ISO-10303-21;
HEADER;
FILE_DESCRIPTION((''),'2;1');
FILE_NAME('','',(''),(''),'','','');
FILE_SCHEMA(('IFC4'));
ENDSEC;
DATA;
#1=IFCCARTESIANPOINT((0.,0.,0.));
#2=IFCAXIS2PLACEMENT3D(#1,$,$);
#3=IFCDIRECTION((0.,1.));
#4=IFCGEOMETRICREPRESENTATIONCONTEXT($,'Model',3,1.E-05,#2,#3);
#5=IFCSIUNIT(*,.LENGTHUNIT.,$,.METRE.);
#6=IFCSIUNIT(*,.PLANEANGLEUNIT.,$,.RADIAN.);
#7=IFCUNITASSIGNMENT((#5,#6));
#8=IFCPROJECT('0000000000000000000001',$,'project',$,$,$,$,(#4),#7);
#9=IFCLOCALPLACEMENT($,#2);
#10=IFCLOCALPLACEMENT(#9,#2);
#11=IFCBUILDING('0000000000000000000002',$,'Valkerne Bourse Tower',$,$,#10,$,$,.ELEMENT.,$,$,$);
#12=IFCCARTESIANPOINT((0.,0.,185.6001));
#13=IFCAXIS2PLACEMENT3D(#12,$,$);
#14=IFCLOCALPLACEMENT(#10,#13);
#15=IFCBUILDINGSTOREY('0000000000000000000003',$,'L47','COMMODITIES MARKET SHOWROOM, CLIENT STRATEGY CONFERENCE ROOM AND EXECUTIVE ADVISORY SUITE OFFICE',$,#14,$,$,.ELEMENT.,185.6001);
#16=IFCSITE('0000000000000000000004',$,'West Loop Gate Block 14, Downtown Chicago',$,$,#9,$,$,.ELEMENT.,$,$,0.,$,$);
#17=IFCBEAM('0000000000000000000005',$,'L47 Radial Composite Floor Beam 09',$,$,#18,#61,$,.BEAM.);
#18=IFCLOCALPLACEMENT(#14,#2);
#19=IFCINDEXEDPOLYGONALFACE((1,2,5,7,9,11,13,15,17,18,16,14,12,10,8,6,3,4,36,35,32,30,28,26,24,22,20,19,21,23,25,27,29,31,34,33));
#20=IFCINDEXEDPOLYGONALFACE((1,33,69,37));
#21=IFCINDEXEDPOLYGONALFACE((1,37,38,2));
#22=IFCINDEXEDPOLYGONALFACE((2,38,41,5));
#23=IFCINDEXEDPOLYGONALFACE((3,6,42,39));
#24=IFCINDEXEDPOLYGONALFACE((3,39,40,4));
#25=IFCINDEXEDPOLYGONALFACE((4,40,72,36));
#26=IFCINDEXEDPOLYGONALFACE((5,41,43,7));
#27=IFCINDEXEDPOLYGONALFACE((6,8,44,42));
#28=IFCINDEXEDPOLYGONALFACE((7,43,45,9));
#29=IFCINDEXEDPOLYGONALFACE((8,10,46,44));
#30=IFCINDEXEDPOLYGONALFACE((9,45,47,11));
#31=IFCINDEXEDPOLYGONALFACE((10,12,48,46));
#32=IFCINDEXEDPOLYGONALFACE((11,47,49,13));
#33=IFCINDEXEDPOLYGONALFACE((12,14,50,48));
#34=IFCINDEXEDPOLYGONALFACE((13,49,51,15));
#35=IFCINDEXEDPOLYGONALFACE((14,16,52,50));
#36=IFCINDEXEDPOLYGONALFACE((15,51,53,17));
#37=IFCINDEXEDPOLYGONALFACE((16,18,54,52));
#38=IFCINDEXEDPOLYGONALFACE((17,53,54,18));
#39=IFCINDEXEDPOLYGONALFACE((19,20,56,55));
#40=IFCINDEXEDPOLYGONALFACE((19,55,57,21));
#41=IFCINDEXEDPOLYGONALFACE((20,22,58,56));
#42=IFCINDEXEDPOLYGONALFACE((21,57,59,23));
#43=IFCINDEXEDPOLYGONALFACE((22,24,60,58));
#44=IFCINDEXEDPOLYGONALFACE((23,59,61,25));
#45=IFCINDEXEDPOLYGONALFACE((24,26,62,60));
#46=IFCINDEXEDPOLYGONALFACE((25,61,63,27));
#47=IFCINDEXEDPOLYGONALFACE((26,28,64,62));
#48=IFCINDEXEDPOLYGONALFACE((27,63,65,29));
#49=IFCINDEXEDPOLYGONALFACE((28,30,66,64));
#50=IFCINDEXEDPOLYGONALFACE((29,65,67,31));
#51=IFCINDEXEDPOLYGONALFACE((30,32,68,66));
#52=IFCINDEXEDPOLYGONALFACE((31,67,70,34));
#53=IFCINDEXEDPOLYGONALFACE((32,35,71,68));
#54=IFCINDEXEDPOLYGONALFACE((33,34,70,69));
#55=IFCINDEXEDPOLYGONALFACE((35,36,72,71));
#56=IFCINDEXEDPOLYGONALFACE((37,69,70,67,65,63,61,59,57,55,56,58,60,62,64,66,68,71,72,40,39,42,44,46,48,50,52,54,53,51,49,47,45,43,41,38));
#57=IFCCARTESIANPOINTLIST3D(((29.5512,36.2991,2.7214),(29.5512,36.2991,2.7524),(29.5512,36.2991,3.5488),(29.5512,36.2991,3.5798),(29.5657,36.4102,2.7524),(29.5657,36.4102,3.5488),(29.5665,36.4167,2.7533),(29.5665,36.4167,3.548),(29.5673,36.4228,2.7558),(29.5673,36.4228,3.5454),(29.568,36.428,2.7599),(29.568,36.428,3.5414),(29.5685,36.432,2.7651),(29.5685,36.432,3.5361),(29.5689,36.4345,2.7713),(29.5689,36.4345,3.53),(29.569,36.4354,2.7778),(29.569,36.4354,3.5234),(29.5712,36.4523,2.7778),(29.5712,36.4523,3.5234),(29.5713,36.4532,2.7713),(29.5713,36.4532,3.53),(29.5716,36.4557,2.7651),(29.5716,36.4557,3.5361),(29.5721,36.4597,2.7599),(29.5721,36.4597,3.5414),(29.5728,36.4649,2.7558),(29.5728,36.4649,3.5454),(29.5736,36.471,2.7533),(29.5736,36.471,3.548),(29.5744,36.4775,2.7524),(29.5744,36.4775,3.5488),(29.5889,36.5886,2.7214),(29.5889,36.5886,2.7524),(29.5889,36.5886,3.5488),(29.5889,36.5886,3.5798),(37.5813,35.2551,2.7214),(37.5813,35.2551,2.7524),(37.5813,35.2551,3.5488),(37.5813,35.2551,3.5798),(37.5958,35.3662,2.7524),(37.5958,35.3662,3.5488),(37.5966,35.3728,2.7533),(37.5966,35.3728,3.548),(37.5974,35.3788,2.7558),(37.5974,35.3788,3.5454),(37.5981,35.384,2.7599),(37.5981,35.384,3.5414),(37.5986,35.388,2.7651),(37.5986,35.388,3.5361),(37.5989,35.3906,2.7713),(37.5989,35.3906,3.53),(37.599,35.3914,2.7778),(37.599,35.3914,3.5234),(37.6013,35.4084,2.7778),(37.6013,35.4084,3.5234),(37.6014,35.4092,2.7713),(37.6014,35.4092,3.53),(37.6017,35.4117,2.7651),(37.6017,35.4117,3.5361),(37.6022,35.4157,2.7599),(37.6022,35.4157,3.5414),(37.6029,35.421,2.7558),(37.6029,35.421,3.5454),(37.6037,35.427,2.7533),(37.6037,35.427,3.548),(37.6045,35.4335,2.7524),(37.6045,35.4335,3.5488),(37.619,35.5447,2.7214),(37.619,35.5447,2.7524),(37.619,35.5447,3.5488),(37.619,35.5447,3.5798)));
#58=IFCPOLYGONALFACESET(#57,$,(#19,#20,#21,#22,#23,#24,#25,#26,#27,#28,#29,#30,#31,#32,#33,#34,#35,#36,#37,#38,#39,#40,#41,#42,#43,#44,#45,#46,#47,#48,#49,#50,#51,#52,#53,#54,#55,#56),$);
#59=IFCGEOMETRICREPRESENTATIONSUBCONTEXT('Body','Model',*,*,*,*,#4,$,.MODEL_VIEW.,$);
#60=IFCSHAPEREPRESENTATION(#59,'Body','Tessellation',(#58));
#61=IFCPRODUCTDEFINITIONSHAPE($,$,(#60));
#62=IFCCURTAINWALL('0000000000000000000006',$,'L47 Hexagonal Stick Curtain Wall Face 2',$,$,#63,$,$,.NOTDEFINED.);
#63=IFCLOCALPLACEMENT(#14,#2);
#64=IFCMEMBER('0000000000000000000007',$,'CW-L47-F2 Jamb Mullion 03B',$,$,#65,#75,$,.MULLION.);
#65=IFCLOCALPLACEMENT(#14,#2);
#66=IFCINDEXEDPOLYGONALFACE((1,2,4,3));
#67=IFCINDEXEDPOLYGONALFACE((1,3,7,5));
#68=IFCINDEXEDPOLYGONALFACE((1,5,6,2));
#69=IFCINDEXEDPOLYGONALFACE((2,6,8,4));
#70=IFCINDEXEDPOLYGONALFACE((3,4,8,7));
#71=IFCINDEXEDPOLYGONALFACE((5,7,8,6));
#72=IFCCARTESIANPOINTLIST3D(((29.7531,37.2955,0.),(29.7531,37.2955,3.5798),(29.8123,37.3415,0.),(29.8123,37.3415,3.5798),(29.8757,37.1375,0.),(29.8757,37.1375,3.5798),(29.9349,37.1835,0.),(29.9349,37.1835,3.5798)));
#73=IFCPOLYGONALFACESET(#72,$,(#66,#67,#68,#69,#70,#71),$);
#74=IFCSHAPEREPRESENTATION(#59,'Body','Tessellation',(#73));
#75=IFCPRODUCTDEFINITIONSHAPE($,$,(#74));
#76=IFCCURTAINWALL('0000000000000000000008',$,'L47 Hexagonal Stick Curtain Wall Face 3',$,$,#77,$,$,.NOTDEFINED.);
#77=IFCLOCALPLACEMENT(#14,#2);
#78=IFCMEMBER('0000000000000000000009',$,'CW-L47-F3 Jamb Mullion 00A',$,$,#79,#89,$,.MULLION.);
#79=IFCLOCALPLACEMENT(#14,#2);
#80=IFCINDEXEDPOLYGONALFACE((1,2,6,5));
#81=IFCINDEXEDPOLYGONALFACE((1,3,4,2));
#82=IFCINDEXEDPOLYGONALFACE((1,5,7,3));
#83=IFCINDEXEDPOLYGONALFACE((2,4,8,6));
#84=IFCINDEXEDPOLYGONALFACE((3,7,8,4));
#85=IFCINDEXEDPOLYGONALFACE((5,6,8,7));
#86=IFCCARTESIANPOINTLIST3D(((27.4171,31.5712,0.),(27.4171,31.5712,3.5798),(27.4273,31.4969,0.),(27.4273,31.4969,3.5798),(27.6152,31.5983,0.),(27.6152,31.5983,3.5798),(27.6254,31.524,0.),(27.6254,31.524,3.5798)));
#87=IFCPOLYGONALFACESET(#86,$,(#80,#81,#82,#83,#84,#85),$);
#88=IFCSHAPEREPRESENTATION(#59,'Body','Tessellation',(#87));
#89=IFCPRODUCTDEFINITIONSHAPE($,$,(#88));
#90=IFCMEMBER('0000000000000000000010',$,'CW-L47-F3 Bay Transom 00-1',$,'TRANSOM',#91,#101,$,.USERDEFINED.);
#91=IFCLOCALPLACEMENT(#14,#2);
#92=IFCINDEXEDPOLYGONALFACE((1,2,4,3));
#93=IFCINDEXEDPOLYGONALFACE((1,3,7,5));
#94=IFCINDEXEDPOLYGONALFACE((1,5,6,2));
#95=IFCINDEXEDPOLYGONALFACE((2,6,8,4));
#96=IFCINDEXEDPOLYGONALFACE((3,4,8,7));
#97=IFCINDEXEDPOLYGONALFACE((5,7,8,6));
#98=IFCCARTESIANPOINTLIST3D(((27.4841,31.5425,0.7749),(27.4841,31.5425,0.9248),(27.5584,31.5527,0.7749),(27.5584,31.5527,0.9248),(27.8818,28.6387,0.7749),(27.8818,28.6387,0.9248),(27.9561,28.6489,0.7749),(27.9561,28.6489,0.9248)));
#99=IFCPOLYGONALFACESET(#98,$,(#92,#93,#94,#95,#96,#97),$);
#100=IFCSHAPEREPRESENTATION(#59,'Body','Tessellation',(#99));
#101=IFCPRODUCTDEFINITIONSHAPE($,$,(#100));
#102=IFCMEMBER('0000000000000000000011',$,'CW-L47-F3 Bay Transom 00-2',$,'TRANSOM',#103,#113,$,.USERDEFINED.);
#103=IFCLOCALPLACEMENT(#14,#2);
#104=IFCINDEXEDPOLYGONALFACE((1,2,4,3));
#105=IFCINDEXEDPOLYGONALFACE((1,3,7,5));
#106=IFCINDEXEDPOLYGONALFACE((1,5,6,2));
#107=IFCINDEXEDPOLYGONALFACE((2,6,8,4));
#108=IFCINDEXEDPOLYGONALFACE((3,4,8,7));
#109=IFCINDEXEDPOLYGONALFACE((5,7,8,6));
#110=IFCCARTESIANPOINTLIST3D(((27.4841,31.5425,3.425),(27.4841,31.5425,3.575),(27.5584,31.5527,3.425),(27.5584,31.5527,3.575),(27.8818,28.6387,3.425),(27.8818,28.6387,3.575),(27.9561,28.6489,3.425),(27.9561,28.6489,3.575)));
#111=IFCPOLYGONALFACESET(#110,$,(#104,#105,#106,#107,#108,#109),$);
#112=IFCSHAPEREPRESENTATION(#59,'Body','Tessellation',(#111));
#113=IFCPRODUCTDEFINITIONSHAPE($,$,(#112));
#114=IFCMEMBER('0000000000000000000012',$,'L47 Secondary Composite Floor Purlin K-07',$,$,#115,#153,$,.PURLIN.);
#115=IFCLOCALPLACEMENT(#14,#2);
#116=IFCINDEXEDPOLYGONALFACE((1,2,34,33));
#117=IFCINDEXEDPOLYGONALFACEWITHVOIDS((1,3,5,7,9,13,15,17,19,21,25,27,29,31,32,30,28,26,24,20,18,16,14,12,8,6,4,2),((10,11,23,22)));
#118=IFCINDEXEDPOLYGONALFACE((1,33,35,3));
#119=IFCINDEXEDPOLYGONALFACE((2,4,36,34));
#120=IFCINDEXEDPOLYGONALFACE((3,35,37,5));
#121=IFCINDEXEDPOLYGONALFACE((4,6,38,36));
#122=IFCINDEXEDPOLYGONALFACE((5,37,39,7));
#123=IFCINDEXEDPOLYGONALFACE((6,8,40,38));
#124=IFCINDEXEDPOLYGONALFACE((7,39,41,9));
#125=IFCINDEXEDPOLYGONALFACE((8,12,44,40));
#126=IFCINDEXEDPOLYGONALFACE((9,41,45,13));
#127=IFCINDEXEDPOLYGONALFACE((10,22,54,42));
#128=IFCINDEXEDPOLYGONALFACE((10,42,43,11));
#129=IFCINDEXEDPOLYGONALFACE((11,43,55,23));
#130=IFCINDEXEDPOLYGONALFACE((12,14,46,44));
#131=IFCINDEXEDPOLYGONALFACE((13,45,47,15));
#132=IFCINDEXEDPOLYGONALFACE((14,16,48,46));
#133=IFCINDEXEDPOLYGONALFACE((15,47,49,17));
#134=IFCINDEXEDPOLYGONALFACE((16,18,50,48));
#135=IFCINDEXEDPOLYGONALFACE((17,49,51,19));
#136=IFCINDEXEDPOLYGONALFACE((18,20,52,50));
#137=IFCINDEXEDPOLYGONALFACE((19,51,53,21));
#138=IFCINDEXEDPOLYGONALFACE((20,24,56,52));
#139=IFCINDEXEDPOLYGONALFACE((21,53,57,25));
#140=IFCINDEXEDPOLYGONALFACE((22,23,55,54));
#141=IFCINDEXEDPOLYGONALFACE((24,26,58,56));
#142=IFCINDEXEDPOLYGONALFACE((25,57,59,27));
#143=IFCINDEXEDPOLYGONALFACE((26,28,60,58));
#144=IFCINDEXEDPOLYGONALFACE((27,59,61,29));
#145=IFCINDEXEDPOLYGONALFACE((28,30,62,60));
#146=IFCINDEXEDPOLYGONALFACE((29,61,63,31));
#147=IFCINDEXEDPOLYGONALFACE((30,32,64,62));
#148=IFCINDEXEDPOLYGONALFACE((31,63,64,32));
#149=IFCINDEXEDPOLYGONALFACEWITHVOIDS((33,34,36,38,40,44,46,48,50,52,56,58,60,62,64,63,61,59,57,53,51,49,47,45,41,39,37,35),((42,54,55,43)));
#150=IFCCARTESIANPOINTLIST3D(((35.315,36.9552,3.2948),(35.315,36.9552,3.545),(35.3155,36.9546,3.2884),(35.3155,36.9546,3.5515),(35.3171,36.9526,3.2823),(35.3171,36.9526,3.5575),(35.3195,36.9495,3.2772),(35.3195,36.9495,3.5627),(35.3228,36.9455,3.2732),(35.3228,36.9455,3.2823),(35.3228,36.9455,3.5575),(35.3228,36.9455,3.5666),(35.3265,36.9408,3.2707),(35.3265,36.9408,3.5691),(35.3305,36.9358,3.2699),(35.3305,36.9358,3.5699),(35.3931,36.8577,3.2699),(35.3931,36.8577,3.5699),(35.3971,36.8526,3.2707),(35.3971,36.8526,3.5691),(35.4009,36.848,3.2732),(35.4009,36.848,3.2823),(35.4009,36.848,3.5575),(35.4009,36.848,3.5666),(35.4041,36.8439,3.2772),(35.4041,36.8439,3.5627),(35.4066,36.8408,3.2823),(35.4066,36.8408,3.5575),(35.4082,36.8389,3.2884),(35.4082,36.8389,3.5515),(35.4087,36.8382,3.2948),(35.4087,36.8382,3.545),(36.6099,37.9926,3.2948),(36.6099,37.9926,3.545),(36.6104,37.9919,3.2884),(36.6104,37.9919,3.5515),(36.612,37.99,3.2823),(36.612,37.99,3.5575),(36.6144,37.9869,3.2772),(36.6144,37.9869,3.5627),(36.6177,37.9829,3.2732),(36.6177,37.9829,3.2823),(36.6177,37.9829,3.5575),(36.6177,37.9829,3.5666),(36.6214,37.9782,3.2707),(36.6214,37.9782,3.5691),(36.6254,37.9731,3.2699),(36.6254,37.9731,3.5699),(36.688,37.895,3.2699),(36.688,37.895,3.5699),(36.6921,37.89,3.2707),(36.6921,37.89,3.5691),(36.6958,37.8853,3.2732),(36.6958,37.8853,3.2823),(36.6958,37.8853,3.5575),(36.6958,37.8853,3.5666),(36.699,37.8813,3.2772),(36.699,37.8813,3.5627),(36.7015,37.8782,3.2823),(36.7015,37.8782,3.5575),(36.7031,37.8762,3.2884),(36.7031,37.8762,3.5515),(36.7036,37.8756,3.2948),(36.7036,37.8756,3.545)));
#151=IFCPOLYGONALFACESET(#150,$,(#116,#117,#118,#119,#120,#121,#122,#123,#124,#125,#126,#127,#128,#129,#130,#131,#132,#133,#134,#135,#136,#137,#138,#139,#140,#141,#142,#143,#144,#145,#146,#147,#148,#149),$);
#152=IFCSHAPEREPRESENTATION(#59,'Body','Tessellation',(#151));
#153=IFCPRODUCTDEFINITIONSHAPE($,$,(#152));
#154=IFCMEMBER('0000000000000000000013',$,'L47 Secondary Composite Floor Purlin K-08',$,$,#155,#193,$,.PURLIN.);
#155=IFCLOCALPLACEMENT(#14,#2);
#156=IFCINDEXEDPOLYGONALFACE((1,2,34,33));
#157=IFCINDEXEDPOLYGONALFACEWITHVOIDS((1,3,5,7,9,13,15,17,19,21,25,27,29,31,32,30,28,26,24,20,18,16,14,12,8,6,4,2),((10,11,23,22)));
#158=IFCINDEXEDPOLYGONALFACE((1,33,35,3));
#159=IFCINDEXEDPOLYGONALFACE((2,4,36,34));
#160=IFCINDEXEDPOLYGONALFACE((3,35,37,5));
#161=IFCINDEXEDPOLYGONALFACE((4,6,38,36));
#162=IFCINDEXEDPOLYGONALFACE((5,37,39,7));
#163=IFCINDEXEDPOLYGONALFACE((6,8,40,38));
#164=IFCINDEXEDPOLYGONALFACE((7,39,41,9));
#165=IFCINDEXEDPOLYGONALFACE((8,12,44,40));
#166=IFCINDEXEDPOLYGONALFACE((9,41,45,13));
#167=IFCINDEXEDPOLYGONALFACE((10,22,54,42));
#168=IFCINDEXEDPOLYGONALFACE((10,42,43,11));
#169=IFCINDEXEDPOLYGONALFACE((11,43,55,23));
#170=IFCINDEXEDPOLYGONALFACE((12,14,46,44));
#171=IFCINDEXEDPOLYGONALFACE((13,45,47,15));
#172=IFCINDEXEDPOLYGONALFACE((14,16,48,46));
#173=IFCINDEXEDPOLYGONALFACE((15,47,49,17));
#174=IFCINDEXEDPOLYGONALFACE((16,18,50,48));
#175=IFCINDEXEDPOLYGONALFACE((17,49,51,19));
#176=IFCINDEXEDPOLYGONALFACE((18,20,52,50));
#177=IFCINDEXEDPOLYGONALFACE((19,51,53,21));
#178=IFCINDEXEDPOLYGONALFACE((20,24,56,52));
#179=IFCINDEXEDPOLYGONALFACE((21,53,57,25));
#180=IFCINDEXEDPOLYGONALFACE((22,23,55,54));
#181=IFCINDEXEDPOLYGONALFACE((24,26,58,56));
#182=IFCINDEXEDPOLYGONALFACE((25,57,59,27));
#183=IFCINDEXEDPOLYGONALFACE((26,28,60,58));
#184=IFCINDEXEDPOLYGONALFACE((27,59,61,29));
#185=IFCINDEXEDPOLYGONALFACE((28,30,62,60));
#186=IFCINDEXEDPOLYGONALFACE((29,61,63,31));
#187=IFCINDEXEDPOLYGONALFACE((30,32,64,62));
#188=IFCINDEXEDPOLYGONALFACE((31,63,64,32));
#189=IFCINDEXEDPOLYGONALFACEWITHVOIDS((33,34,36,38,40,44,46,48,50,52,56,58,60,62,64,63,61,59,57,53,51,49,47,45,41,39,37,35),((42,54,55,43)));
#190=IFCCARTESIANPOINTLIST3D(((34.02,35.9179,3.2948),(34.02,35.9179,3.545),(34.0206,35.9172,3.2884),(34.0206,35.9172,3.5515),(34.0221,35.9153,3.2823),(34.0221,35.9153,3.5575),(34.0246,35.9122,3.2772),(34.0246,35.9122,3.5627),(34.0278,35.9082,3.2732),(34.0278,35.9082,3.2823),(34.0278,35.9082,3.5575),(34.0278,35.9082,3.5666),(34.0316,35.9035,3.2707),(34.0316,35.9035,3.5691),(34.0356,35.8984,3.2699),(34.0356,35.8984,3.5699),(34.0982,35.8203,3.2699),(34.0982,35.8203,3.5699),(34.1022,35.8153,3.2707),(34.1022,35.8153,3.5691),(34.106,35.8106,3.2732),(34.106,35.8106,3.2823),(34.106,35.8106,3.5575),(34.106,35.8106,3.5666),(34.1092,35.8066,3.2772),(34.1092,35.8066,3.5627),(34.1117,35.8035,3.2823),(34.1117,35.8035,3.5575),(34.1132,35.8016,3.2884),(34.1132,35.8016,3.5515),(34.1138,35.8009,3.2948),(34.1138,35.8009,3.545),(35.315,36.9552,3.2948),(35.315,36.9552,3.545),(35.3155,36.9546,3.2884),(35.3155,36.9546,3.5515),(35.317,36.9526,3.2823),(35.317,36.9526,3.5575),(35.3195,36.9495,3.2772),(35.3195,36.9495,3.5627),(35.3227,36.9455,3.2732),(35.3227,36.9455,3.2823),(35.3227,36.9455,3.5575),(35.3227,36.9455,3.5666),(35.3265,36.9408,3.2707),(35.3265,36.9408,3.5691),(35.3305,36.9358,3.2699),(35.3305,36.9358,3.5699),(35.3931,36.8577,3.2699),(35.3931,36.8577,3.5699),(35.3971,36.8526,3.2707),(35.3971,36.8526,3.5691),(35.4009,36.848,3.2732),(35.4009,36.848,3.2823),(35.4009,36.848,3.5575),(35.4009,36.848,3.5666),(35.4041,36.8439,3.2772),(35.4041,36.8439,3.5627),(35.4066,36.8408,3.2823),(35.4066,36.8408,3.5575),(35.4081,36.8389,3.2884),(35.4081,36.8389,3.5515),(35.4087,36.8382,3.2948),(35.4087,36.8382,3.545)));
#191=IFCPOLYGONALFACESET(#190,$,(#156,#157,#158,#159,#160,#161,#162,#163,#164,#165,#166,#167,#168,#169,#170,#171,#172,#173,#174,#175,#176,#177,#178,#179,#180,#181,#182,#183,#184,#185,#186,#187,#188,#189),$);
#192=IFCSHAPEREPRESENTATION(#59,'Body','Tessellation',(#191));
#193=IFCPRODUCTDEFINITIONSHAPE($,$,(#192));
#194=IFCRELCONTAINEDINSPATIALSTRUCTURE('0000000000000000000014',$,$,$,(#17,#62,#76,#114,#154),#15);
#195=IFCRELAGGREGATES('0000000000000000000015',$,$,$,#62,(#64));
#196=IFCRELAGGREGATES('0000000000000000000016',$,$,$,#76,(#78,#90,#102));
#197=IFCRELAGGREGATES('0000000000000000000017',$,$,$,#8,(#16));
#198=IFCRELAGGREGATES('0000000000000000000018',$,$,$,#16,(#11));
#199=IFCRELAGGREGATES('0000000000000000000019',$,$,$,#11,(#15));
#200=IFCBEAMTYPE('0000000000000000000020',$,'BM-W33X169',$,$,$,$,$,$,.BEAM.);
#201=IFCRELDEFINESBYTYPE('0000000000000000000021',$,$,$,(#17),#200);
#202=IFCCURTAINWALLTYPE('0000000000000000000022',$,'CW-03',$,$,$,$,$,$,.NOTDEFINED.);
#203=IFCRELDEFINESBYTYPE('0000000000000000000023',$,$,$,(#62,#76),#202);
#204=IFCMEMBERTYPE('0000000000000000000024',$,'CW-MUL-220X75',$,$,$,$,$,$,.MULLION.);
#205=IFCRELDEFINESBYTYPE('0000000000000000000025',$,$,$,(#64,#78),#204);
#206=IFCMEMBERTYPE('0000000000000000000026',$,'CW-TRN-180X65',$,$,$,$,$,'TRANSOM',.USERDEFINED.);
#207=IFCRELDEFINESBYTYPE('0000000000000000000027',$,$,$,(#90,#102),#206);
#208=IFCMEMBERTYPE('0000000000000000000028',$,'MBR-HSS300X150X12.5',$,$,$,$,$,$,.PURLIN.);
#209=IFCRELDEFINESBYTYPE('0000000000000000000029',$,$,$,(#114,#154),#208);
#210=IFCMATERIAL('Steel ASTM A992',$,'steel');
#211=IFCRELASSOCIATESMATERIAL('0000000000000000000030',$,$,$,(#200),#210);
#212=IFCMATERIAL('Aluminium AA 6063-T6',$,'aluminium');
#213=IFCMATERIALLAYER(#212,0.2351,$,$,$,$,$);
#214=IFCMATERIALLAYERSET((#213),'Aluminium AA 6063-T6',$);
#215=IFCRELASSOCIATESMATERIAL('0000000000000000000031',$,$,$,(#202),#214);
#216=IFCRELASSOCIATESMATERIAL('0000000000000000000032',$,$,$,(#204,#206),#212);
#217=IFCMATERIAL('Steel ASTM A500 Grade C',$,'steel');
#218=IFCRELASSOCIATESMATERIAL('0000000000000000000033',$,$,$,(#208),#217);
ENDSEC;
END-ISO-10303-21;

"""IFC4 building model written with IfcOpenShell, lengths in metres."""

from ifc_helpers import new_model, si_unit, direction, frame, origin, origin_2d, place, context, subcontext, project, spatial, rectangle, hollow_rectangle, i_section, extrude, material, layer, layer_set, material_profile, profile_set, type_object, element, aggregate, save


model = new_model("IFC4")

# Units and contexts
model_context = context("Model", 3, precision=1e-05, world=origin(), true_north=direction((0.0, 1.0)))
body_context = subcontext(model_context, "Body", "Model", "MODEL_VIEW")
ifc_project = project(units=[si_unit("LENGTHUNIT", "METRE"), si_unit("PLANEANGLEUNIT", "RADIAN")], contexts=[model_context])

# Site, building, storey
site_placement = place(None, origin())
site = spatial("IfcSite", under=ifc_project, at=site_placement, Name="West Loop Gate Block 14, Downtown Chicago", CompositionType="ELEMENT", RefElevation=0.0)
building_placement = place(site_placement, origin())
building = spatial("IfcBuilding", under=site, at=building_placement, Name="Valkerne Bourse Tower", CompositionType="ELEMENT")
storey_placement = place(building_placement, frame((0.0, 0.0, 185.6001)))
storey = spatial("IfcBuildingStorey", under=building, at=storey_placement, Name="L47", Description="COMMODITIES MARKET SHOWROOM, CLIENT STRATEGY CONFERENCE ROOM AND EXECUTIVE ADVISORY SUITE OFFICE", CompositionType="ELEMENT", Elevation=185.6001)

# Beam
ifc_material_1 = material(Name="Steel ASTM A992", Category="steel")
ifc_material_profile_1 = material_profile(ifc_material_1, i_section(OverallWidth=0.292, OverallDepth=0.8584, WebThickness=0.0171, FlangeThickness=0.031, FilletRadius=0.0254, at=origin_2d()), Name="W33X169")
ifc_profile_set_1 = profile_set([ifc_material_profile_1], Name="Steel ASTM A992")
beam_type_1 = type_object("IfcBeamType", Name="BM-W33X169", PredefinedType="BEAM", material=ifc_profile_set_1)
beam_1_placement = place(storey_placement, frame((29.5701, 36.4438, 3.1506), z_axis=(0.991655, -0.12892, 0.0), x_axis=(0.12892, 0.991655, 0.0)))
element("IfcBeam", 1, at=beam_1_placement, inside=storey, type_object=beam_type_1, Name="L47 Radial Composite Floor Beam 09", PredefinedType="BEAM", context=body_context, shape_type="SweptSolid", body=[
    extrude(i_section(OverallWidth=0.292, OverallDepth=0.8584, WebThickness=0.0171, FlangeThickness=0.031, FilletRadius=0.0254, at=origin_2d()), origin(), (0.0, 0.0, 1.0), 8.0977),
])

# Curtain wall, member
ifc_material_2 = material(Name="Aluminium AA 6063-T6", Category="aluminium")
ifc_layer_1 = layer(ifc_material_2, 0.2351)
ifc_layer_set_1 = layer_set([ifc_layer_1], Name="Aluminium AA 6063-T6")
curtain_wall_type = type_object("IfcCurtainWallType", Name="CW-03", PredefinedType="NOTDEFINED", material=ifc_layer_set_1)
curtain_wall_1_placement = place(storey_placement, origin())
curtain_wall_1 = element("IfcCurtainWall", 2, at=curtain_wall_1_placement, inside=storey, type_object=curtain_wall_type, Name="L47 Hexagonal Stick Curtain Wall Face 2", PredefinedType="NOTDEFINED")
ifc_material_profile_2 = material_profile(ifc_material_2, rectangle(XDim=0.075, YDim=0.2, at=origin_2d()), Name="CWM-75X200")
ifc_profile_set_2 = profile_set([ifc_material_profile_2], Name="Aluminium AA 6063-T6")
member_type_1 = type_object("IfcMemberType", Name="CW-MUL-220X75", PredefinedType="MULLION", material=ifc_profile_set_2)
member_1_placement = place(storey_placement, frame((29.844, 37.2395, 0.0), z_axis=(0.0, 0.0, 1.0), x_axis=(-0.790154, -0.612908, 0.0)))
member_1 = element("IfcMember", 3, at=member_1_placement, type_object=member_type_1, Name="CW-L47-F2 Jamb Mullion 03B", PredefinedType="MULLION", context=body_context, shape_type="SweptSolid", body=[
    extrude(rectangle(XDim=0.075, YDim=0.2, at=origin_2d()), origin(), (0.0, 0.0, 1.0), 3.5798),
])

# Curtain wall, members
curtain_wall_2_placement = place(storey_placement, origin())
curtain_wall_2 = element("IfcCurtainWall", 4, at=curtain_wall_2_placement, inside=storey, type_object=curtain_wall_type, Name="L47 Hexagonal Stick Curtain Wall Face 3", PredefinedType="NOTDEFINED")
member_2_placement = place(storey_placement, frame((27.5212, 31.5476, 0.0), z_axis=(0.0, 0.0, 1.0), x_axis=(0.135694, -0.990751, 0.0)))
member_2 = element("IfcMember", 5, at=member_2_placement, type_object=member_type_1, Name="CW-L47-F3 Jamb Mullion 00A", PredefinedType="MULLION", context=body_context, shape_type="SweptSolid", body=[
    extrude(rectangle(XDim=0.075, YDim=0.2, at=origin_2d()), origin(), (0.0, 0.0, 1.0), 3.5798),
])
ifc_material_profile_3 = material_profile(ifc_material_2, rectangle(XDim=0.075, YDim=0.1499, at=origin_2d()), Name="CWT-75X150")
ifc_profile_set_3 = profile_set([ifc_material_profile_3], Name="Aluminium AA 6063-T6")
member_type_2 = type_object("IfcMemberType", Name="CW-TRN-180X65", ElementType="TRANSOM", PredefinedType="USERDEFINED", material=ifc_profile_set_3)
member_3_placement = place(storey_placement, frame((27.5212, 31.5476, 0.8499), z_axis=(0.135693, -0.990751, 0.0), x_axis=(0.990751, 0.135693, 0.0)))
member_3 = element("IfcMember", 6, at=member_3_placement, type_object=member_type_2, Name="CW-L47-F3 Bay Transom 00-1", ObjectType="TRANSOM", PredefinedType="USERDEFINED", context=body_context, shape_type="SweptSolid", body=[
    extrude(rectangle(XDim=0.075, YDim=0.1499, at=origin_2d()), origin(), (0.0, 0.0, 1.0), 2.9309),
])
member_4_placement = place(storey_placement, frame((27.5212, 31.5476, 3.5), z_axis=(0.135693, -0.990751, 0.0), x_axis=(0.990751, 0.135693, 0.0)))
member_4 = element("IfcMember", 7, at=member_4_placement, type_object=member_type_2, Name="CW-L47-F3 Bay Transom 00-2", ObjectType="TRANSOM", PredefinedType="USERDEFINED", context=body_context, shape_type="SweptSolid", body=[
    extrude(rectangle(XDim=0.075, YDim=0.1499, at=origin_2d()), origin(), (0.0, 0.0, 1.0), 2.9309),
])

# Members
ifc_material_3 = material(Name="Steel ASTM A500 Grade C", Category="steel")
ifc_material_profile_4 = material_profile(ifc_material_3, hollow_rectangle(XDim=0.1499, YDim=0.3, WallThickness=0.0125, OuterFilletRadius=0.0249, at=origin_2d()), Name="HSS300X150X12.5")
ifc_profile_set_4 = profile_set([ifc_material_profile_4], Name="Steel ASTM A500 Grade C")
member_type_3 = type_object("IfcMemberType", Name="MBR-HSS300X150X12.5", PredefinedType="PURLIN", material=ifc_profile_set_4)
for number, where, z_axis, x_axis, name in (
    (8, (36.6567, 37.9341, 3.4199), (-0.780452, -0.625215, 0.0), (0.625215, -0.780452, 0.0), "L47 Secondary Composite Floor Purlin K-07"),
    (9, (35.3618, 36.8967, 3.4199), (-0.780452, -0.625215, 0.0), (0.625215, -0.780452, 0.0), "L47 Secondary Composite Floor Purlin K-08"),
):
    element("IfcMember", number, at=place(storey_placement, frame(where, z_axis=z_axis, x_axis=x_axis)), inside=storey, type_object=member_type_3, Name=name, PredefinedType="PURLIN", context=body_context, shape_type="SweptSolid", body=[
        extrude(hollow_rectangle(XDim=0.1499, YDim=0.3, WallThickness=0.0125, OuterFilletRadius=0.0249, at=origin_2d()), origin(), (0.0, 0.0, 1.0), 1.6592),
    ])

aggregate(curtain_wall_1, [member_1])
aggregate(curtain_wall_2, [member_2, member_3, member_4])

save(model, "model.ifc")
